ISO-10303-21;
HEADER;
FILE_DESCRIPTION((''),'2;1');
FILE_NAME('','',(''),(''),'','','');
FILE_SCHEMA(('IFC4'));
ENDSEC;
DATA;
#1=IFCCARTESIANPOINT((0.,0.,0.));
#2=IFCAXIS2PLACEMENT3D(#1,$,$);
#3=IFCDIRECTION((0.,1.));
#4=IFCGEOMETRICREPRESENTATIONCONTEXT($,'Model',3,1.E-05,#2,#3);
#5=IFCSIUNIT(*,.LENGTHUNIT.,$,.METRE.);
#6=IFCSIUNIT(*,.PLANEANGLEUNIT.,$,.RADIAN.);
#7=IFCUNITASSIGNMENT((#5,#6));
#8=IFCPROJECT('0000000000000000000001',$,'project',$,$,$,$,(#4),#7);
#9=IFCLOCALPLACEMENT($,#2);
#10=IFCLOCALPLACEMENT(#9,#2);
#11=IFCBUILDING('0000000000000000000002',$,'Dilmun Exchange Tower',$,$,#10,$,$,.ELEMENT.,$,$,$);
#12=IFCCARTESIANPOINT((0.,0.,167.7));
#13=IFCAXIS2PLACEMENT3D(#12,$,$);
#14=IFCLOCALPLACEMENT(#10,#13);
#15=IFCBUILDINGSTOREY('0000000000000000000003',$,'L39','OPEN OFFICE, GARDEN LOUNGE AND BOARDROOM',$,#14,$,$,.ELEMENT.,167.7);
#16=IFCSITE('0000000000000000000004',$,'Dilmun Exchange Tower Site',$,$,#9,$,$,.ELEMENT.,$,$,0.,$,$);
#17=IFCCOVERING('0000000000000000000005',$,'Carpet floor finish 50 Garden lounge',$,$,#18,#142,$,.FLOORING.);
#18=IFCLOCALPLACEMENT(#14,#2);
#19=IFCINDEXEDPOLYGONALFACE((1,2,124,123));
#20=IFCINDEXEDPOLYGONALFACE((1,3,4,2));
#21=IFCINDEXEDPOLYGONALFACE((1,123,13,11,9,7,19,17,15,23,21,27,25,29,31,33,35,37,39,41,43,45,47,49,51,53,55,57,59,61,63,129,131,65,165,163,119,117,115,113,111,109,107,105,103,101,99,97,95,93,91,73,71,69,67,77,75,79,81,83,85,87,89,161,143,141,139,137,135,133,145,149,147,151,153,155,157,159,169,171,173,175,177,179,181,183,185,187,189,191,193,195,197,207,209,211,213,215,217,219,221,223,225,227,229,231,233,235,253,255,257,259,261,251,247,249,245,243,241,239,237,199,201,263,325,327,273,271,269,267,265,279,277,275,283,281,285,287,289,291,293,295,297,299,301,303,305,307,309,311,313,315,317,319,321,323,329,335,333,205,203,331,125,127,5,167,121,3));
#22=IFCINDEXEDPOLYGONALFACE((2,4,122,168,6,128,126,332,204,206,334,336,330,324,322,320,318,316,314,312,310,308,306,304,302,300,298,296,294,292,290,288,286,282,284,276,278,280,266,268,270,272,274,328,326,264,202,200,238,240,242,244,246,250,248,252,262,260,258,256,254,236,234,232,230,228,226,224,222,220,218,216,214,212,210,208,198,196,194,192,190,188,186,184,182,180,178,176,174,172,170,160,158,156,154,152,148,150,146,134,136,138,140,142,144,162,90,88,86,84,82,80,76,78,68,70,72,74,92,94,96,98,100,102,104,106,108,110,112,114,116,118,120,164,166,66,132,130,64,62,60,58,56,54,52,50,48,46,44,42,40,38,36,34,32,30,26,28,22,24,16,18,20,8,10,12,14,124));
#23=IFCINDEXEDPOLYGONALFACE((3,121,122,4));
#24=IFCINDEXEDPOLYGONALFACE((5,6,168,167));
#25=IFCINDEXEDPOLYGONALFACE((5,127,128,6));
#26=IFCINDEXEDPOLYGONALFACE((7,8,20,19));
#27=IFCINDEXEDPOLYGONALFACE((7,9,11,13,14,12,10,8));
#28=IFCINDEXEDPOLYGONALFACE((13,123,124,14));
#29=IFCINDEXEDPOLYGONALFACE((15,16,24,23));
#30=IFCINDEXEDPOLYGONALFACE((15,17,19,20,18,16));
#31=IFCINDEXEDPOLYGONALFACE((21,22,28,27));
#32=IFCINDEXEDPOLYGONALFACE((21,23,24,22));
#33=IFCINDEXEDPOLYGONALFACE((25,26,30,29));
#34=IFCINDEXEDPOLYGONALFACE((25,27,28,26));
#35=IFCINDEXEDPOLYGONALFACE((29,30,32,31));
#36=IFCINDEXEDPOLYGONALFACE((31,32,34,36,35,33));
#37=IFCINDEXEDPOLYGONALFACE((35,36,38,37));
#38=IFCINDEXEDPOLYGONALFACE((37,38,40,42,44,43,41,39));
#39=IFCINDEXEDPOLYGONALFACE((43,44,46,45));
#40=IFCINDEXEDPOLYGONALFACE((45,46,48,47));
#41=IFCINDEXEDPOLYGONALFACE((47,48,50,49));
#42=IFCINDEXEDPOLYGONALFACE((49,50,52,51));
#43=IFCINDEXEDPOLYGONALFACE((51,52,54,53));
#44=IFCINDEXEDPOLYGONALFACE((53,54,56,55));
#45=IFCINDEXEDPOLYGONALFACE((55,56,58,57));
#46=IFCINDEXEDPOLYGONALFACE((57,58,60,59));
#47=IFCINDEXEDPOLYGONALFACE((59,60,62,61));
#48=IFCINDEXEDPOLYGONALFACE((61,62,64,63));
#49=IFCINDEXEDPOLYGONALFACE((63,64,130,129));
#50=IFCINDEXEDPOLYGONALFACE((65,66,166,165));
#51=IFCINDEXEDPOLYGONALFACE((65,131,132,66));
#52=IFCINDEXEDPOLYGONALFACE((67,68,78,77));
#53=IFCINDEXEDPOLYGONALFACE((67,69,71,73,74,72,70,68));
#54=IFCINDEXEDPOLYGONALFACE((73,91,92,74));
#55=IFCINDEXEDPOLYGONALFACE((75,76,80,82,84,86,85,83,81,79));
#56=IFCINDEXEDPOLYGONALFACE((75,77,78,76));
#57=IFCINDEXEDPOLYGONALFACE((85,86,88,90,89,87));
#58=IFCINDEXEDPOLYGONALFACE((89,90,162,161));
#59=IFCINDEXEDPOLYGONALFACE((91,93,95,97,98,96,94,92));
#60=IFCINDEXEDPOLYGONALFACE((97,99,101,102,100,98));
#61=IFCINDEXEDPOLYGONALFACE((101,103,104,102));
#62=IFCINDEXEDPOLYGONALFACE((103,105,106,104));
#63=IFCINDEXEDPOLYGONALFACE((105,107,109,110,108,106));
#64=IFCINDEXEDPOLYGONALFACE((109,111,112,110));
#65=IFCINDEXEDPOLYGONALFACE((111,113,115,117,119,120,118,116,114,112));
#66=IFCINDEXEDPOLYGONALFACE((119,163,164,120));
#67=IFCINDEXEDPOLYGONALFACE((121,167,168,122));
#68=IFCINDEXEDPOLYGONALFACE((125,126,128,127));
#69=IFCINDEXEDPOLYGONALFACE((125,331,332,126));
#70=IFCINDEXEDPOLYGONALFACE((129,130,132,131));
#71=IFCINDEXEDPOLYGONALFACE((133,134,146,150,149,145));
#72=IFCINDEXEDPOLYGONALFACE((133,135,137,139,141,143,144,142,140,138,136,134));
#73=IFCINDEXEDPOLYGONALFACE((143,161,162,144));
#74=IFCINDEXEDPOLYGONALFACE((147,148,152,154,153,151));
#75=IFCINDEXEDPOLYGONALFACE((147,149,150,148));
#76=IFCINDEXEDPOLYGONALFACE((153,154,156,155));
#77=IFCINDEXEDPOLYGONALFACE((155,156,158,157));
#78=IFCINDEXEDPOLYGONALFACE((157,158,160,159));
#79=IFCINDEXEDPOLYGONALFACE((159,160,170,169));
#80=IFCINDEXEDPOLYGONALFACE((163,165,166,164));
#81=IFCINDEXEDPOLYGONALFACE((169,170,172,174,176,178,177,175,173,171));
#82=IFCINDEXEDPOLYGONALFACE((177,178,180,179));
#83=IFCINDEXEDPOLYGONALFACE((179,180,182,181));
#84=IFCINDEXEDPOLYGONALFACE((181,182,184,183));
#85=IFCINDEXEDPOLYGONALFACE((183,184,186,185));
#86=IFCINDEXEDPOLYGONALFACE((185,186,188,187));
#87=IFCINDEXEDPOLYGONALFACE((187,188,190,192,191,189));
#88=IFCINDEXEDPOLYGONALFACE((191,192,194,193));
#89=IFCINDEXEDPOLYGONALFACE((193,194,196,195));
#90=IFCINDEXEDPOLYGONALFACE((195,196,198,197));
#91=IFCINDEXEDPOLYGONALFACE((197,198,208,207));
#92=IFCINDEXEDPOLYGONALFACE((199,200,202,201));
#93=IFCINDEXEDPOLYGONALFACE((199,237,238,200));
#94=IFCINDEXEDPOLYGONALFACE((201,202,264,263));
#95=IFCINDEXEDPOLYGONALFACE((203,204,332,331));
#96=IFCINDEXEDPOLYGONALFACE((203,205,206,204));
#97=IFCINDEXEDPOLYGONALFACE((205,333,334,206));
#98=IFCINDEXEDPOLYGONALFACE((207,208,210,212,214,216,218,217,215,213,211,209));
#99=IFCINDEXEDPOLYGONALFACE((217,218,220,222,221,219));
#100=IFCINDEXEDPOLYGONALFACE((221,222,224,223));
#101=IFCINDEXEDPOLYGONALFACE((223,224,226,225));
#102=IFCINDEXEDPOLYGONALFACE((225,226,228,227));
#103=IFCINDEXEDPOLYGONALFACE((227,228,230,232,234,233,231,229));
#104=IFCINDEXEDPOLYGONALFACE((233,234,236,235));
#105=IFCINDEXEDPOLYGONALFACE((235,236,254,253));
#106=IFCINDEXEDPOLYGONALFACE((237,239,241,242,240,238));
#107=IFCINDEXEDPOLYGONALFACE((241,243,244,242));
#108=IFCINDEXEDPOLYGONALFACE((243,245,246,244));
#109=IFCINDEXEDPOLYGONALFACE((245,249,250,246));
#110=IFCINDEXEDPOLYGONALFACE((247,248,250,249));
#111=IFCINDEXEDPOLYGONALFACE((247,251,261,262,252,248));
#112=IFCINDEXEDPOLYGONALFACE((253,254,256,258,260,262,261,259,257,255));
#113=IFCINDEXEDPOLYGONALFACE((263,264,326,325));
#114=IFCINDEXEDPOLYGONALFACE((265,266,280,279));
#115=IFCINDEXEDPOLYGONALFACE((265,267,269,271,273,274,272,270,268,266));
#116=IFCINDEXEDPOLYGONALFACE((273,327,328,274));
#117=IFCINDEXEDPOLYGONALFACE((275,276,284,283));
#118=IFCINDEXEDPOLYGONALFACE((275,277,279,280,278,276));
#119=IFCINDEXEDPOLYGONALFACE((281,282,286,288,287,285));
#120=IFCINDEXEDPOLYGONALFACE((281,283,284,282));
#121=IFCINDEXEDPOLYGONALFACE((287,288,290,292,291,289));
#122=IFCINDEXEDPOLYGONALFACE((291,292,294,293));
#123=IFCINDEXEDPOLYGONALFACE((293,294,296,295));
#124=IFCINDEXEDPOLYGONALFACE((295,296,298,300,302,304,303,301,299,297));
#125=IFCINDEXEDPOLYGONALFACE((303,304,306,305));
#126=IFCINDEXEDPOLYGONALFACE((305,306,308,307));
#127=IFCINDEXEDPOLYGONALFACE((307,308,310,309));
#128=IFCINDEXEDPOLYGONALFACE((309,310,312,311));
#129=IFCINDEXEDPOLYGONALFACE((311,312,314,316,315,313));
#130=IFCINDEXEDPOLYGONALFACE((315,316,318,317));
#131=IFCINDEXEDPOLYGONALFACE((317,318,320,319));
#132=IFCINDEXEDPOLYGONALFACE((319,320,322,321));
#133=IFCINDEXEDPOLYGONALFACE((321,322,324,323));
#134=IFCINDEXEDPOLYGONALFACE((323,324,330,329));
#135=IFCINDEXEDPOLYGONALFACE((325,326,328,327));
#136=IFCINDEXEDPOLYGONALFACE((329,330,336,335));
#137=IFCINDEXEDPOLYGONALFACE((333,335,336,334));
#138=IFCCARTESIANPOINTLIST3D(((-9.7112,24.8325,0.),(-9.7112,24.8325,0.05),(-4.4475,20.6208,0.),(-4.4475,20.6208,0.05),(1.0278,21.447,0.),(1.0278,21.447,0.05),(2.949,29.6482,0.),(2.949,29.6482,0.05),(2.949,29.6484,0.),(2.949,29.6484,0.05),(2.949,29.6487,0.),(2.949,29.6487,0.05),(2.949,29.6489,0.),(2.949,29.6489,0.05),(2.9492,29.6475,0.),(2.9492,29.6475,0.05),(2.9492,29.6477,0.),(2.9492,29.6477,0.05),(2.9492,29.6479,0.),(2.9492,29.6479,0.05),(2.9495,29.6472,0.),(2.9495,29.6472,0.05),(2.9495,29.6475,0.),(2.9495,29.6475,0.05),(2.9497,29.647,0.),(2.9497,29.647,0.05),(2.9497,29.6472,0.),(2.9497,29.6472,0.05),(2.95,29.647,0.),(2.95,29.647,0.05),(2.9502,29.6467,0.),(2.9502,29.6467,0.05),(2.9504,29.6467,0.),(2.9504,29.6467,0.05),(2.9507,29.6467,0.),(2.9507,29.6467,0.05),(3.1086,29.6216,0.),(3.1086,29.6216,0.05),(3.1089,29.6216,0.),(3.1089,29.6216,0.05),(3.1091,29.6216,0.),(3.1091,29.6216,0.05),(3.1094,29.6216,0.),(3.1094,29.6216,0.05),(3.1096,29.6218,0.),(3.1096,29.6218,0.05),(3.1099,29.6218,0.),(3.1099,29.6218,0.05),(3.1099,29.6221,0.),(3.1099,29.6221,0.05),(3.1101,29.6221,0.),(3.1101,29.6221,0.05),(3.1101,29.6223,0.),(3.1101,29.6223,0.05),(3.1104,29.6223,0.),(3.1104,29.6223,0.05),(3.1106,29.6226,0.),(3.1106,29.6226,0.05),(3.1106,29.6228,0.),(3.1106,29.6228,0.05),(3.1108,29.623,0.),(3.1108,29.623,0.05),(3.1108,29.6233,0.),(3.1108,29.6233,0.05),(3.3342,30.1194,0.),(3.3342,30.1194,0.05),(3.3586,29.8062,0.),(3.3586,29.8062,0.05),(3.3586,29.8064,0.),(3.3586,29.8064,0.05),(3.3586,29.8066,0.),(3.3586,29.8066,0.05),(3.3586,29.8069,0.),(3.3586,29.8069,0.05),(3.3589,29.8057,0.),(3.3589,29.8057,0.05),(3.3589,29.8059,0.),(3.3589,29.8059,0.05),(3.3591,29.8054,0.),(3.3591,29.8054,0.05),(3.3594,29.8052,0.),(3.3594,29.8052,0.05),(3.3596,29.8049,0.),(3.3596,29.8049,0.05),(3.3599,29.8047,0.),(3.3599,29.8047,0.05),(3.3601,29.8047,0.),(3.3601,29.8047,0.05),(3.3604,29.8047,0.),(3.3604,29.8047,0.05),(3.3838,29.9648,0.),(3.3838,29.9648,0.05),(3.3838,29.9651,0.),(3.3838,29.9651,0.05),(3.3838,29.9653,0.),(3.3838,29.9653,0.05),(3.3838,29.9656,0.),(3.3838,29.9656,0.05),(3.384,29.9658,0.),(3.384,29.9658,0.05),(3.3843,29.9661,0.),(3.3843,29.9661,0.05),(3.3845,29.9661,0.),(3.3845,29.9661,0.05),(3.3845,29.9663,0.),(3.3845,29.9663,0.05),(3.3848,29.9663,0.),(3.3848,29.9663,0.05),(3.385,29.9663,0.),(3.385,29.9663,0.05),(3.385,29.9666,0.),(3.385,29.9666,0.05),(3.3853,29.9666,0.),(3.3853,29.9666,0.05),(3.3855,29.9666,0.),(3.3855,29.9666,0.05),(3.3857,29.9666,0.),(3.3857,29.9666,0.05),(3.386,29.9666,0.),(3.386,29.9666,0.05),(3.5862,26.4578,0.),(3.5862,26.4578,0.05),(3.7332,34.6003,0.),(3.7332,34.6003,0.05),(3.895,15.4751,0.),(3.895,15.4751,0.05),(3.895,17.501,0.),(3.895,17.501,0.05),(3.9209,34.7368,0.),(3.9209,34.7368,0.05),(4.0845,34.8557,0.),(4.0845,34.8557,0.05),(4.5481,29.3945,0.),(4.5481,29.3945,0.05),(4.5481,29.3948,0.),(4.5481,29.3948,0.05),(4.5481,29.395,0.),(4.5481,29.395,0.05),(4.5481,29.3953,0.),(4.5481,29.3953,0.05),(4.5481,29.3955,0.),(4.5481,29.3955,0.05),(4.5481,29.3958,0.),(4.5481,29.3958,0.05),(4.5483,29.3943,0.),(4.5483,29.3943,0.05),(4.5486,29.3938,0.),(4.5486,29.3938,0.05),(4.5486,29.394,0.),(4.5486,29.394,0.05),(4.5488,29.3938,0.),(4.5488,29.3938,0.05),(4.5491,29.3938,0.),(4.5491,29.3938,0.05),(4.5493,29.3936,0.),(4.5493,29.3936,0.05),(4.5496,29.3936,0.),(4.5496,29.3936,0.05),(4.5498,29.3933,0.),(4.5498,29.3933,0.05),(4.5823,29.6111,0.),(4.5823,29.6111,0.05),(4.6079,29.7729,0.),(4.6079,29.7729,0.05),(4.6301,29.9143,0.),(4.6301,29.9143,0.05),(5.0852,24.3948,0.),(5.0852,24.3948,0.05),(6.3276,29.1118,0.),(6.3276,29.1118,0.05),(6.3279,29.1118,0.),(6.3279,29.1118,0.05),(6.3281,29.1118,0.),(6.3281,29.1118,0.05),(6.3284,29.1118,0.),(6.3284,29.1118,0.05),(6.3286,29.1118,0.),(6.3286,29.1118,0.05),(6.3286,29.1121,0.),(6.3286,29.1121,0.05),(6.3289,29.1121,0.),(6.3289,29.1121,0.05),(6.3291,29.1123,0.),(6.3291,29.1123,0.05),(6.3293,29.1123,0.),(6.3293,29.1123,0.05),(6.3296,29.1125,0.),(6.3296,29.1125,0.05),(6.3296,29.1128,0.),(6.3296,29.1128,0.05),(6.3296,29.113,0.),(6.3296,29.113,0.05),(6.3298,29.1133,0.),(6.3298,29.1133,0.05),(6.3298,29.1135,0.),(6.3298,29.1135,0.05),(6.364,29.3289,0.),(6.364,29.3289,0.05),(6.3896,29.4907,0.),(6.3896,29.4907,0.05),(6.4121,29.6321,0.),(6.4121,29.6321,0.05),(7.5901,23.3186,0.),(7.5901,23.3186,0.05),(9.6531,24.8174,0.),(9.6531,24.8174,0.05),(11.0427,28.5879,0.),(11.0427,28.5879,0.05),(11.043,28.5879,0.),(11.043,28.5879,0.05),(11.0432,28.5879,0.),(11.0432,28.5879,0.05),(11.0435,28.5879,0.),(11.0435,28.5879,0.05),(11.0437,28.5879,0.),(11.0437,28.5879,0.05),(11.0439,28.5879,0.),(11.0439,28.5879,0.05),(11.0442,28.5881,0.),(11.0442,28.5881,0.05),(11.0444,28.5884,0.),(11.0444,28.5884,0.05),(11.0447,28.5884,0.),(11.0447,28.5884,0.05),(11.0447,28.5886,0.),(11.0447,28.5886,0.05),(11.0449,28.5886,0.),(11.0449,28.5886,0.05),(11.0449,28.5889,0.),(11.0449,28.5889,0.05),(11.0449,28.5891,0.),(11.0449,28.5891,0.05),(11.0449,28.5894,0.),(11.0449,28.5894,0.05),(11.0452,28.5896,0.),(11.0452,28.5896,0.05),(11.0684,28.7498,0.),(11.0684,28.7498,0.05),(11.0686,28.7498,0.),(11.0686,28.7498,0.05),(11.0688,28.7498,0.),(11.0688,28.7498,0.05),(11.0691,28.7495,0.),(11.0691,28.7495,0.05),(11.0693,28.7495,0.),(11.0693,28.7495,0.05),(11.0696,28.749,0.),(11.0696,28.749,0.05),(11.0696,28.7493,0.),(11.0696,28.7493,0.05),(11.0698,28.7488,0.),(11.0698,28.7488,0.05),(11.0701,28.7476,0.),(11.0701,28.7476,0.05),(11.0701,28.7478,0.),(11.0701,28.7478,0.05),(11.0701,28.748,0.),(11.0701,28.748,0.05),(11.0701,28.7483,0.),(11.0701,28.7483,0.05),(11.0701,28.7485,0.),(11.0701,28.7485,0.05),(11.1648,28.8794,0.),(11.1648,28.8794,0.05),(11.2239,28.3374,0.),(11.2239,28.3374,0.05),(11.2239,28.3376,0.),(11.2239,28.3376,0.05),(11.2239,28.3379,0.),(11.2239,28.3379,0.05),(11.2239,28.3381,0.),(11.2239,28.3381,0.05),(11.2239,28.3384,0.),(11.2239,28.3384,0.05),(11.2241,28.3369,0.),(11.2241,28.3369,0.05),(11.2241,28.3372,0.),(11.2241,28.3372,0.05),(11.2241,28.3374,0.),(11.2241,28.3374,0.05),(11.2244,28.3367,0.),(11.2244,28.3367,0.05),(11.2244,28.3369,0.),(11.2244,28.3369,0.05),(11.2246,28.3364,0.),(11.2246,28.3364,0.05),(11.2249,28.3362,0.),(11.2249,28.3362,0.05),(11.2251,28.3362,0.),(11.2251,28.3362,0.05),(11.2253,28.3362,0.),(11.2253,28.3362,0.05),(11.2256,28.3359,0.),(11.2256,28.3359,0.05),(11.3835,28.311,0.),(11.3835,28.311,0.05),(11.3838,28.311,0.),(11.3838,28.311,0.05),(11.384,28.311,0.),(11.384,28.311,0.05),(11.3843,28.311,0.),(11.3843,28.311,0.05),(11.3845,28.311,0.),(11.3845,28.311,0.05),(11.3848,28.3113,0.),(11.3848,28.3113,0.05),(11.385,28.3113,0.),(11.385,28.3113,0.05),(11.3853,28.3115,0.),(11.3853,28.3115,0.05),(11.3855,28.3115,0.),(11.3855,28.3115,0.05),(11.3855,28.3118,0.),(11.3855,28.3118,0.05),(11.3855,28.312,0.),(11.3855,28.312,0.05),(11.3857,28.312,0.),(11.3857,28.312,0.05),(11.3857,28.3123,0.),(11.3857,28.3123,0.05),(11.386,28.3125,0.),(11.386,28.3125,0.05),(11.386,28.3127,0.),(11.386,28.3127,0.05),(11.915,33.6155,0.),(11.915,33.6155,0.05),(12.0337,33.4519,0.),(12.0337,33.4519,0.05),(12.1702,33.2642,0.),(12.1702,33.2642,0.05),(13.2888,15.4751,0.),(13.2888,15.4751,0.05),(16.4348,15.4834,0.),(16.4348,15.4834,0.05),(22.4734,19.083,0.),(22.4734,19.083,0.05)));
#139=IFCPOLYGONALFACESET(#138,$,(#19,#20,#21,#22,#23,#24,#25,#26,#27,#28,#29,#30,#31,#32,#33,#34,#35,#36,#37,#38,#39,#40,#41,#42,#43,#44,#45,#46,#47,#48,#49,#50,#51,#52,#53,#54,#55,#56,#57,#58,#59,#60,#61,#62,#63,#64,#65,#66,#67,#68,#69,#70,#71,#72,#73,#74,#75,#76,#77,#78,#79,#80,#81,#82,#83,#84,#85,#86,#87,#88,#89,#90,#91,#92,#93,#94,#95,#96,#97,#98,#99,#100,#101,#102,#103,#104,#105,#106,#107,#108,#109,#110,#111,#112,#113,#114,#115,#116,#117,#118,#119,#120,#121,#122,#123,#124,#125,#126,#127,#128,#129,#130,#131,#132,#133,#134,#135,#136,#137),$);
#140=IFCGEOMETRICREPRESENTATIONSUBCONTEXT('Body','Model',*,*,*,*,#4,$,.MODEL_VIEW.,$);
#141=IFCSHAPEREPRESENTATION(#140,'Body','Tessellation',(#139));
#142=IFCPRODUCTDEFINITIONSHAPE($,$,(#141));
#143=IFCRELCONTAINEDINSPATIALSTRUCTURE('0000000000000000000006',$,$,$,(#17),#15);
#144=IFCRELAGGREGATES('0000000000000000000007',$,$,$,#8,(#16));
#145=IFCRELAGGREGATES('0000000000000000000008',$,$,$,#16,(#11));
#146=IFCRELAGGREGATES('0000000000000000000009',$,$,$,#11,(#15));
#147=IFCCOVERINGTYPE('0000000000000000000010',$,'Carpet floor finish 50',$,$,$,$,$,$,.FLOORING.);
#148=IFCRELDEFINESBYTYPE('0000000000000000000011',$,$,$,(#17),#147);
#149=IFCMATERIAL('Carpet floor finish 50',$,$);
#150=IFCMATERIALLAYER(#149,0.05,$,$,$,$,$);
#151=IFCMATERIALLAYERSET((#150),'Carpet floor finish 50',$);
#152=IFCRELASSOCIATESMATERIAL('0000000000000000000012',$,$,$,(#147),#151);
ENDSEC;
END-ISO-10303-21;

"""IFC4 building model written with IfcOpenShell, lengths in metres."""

from ifc_helpers import new_model, si_unit, direction, frame, origin, place, context, subcontext, project, spatial, polyline, outline, extrude, material, layer, layer_set, type_object, element, save


model = new_model("IFC4")

# Units and contexts
model_context = context("Model", 3, precision=1e-05, world=origin(), true_north=direction((0.0, 1.0)))
body_context = subcontext(model_context, "Body", "Model", "MODEL_VIEW")
ifc_project = project(units=[si_unit("LENGTHUNIT", "METRE"), si_unit("PLANEANGLEUNIT", "RADIAN")], contexts=[model_context])

# Site, building, storey
site_placement = place(None, origin())
site = spatial("IfcSite", under=ifc_project, at=site_placement, Name="Dilmun Exchange Tower Site", CompositionType="ELEMENT", RefElevation=0.0)
building_placement = place(site_placement, origin())
building = spatial("IfcBuilding", under=site, at=building_placement, Name="Dilmun Exchange Tower", CompositionType="ELEMENT")
storey_placement = place(building_placement, frame((0.0, 0.0, 167.7)))
storey = spatial("IfcBuildingStorey", under=building, at=storey_placement, Name="L39", Description="OPEN OFFICE, GARDEN LOUNGE AND BOARDROOM", CompositionType="ELEMENT", Elevation=167.7)

# Covering
ifc_material_1 = material(Name="Carpet floor finish 50")
ifc_layer_1 = layer(ifc_material_1, 0.05)
ifc_layer_set_1 = layer_set([ifc_layer_1], Name="Carpet floor finish 50")
covering_type_1 = type_object("IfcCoveringType", Name="Carpet floor finish 50", PredefinedType="FLOORING", material=ifc_layer_set_1)
covering_1_placement = place(storey_placement, origin())
element("IfcCovering", 1, at=covering_1_placement, inside=storey, type_object=covering_type_1, Name="Carpet floor finish 50 Garden lounge", PredefinedType="FLOORING", context=body_context, shape_type="SweptSolid", body=[
    extrude(outline(polyline([(-9.7112, 24.8325), (3.7332, 34.6003), (2.949, 29.6489), (2.949, 29.6487), (2.949, 29.6487), (2.949, 29.6484), (2.949, 29.6482), (2.949, 29.6482), (2.9492, 29.6479), (2.9492, 29.6477), (2.9492, 29.6475), (2.9495, 29.6475), (2.9495, 29.6472), (2.9497, 29.6472), (2.9497, 29.647), (2.95, 29.647), (2.9502, 29.6467), (2.9504, 29.6467), (2.9507, 29.6467), (3.1086, 29.6216), (3.1089, 29.6216), (3.1089, 29.6216), (3.1091, 29.6216), (3.1094, 29.6216), (3.1096, 29.6218), (3.1099, 29.6218), (3.1099, 29.6221), (3.1101, 29.6221), (3.1101, 29.6223), (3.1104, 29.6223), (3.1106, 29.6226), (3.1106, 29.6226), (3.1106, 29.6228), (3.1108, 29.623), (3.1108, 29.6233), (3.1108, 29.6233), (3.9209, 34.7368), (4.0845, 34.8557), (3.3342, 30.1194), (4.6301, 29.9143), (4.6079, 29.7729), (3.386, 29.9666), (3.3857, 29.9666), (3.3855, 29.9666), (3.3855, 29.9666), (3.3853, 29.9666), (3.385, 29.9666), (3.385, 29.9663), (3.3848, 29.9663), (3.3845, 29.9663), (3.3845, 29.9661), (3.3843, 29.9661), (3.384, 29.9658), (3.384, 29.9658), (3.3838, 29.9656), (3.3838, 29.9653), (3.3838, 29.9651), (3.3838, 29.9648), (3.3586, 29.8069), (3.3586, 29.8066), (3.3586, 29.8064), (3.3586, 29.8064), (3.3586, 29.8062), (3.3589, 29.8059), (3.3589, 29.8057), (3.3589, 29.8057), (3.3591, 29.8054), (3.3591, 29.8054), (3.3594, 29.8052), (3.3596, 29.8049), (3.3596, 29.8049), (3.3599, 29.8047), (3.3601, 29.8047), (3.3601, 29.8047), (3.3604, 29.8047), (4.5823, 29.6111), (4.5481, 29.3958), (4.5481, 29.3955), (4.5481, 29.3953), (4.5481, 29.395), (4.5481, 29.395), (4.5481, 29.3948), (4.5481, 29.3945), (4.5483, 29.3943), (4.5483, 29.3943), (4.5486, 29.394), (4.5486, 29.3938), (4.5488, 29.3938), (4.5491, 29.3938), (4.5493, 29.3936), (4.5493, 29.3936), (4.5496, 29.3936), (4.5498, 29.3933), (6.3276, 29.1118), (6.3276, 29.1118), (6.3279, 29.1118), (6.3281, 29.1118), (6.3284, 29.1118), (6.3286, 29.1118), (6.3286, 29.1121), (6.3289, 29.1121), (6.3291, 29.1123), (6.3291, 29.1123), (6.3293, 29.1123), (6.3296, 29.1125), (6.3296, 29.1128), (6.3296, 29.1128), (6.3296, 29.113), (6.3298, 29.1133), (6.3298, 29.1135), (6.364, 29.3289), (11.0427, 28.5879), (11.043, 28.5879), (11.0432, 28.5879), (11.0435, 28.5879), (11.0437, 28.5879), (11.0437, 28.5879), (11.0439, 28.5879), (11.0442, 28.5881), (11.0442, 28.5881), (11.0444, 28.5884), (11.0447, 28.5884), (11.0447, 28.5886), (11.0449, 28.5886), (11.0449, 28.5889), (11.0449, 28.5891), (11.0449, 28.5894), (11.0452, 28.5896), (11.0701, 28.7476), (11.0701, 28.7478), (11.0701, 28.7478), (11.0701, 28.748), (11.0701, 28.7483), (11.0701, 28.7485), (11.0698, 28.7488), (11.0698, 28.7488), (11.0696, 28.749), (11.0696, 28.749), (11.0696, 28.7493), (11.0693, 28.7495), (11.0691, 28.7495), (11.0691, 28.7495), (11.0688, 28.7498), (11.0686, 28.7498), (11.0684, 28.7498), (6.3896, 29.4907), (6.4121, 29.6321), (11.1648, 28.8794), (11.915, 33.6155), (12.0337, 33.4519), (11.2239, 28.3384), (11.2239, 28.3381), (11.2239, 28.3379), (11.2239, 28.3376), (11.2239, 28.3374), (11.2241, 28.3374), (11.2241, 28.3372), (11.2241, 28.3369), (11.2244, 28.3369), (11.2244, 28.3367), (11.2246, 28.3364), (11.2246, 28.3364), (11.2249, 28.3362), (11.2251, 28.3362), (11.2251, 28.3362), (11.2253, 28.3362), (11.2256, 28.3359), (11.3835, 28.311), (11.3838, 28.311), (11.384, 28.311), (11.3843, 28.311), (11.3845, 28.311), (11.3845, 28.311), (11.3848, 28.3113), (11.385, 28.3113), (11.385, 28.3113), (11.3853, 28.3115), (11.3855, 28.3115), (11.3855, 28.3118), (11.3855, 28.312), (11.3857, 28.312), (11.3857, 28.3123), (11.386, 28.3125), (11.386, 28.3127), (12.1702, 33.2642), (22.4734, 19.083), (16.4348, 15.4834), (9.6531, 24.8174), (7.5901, 23.3186), (13.2888, 15.4751), (3.895, 15.4751), (3.895, 17.501), (1.0278, 21.447), (5.0852, 24.3948), (3.5862, 26.4578), (-4.4475, 20.6208), (-9.7112, 24.8325)])), origin(), (0.0, 0.0, 1.0), 0.05),
])

save(model, "model.ifc")
